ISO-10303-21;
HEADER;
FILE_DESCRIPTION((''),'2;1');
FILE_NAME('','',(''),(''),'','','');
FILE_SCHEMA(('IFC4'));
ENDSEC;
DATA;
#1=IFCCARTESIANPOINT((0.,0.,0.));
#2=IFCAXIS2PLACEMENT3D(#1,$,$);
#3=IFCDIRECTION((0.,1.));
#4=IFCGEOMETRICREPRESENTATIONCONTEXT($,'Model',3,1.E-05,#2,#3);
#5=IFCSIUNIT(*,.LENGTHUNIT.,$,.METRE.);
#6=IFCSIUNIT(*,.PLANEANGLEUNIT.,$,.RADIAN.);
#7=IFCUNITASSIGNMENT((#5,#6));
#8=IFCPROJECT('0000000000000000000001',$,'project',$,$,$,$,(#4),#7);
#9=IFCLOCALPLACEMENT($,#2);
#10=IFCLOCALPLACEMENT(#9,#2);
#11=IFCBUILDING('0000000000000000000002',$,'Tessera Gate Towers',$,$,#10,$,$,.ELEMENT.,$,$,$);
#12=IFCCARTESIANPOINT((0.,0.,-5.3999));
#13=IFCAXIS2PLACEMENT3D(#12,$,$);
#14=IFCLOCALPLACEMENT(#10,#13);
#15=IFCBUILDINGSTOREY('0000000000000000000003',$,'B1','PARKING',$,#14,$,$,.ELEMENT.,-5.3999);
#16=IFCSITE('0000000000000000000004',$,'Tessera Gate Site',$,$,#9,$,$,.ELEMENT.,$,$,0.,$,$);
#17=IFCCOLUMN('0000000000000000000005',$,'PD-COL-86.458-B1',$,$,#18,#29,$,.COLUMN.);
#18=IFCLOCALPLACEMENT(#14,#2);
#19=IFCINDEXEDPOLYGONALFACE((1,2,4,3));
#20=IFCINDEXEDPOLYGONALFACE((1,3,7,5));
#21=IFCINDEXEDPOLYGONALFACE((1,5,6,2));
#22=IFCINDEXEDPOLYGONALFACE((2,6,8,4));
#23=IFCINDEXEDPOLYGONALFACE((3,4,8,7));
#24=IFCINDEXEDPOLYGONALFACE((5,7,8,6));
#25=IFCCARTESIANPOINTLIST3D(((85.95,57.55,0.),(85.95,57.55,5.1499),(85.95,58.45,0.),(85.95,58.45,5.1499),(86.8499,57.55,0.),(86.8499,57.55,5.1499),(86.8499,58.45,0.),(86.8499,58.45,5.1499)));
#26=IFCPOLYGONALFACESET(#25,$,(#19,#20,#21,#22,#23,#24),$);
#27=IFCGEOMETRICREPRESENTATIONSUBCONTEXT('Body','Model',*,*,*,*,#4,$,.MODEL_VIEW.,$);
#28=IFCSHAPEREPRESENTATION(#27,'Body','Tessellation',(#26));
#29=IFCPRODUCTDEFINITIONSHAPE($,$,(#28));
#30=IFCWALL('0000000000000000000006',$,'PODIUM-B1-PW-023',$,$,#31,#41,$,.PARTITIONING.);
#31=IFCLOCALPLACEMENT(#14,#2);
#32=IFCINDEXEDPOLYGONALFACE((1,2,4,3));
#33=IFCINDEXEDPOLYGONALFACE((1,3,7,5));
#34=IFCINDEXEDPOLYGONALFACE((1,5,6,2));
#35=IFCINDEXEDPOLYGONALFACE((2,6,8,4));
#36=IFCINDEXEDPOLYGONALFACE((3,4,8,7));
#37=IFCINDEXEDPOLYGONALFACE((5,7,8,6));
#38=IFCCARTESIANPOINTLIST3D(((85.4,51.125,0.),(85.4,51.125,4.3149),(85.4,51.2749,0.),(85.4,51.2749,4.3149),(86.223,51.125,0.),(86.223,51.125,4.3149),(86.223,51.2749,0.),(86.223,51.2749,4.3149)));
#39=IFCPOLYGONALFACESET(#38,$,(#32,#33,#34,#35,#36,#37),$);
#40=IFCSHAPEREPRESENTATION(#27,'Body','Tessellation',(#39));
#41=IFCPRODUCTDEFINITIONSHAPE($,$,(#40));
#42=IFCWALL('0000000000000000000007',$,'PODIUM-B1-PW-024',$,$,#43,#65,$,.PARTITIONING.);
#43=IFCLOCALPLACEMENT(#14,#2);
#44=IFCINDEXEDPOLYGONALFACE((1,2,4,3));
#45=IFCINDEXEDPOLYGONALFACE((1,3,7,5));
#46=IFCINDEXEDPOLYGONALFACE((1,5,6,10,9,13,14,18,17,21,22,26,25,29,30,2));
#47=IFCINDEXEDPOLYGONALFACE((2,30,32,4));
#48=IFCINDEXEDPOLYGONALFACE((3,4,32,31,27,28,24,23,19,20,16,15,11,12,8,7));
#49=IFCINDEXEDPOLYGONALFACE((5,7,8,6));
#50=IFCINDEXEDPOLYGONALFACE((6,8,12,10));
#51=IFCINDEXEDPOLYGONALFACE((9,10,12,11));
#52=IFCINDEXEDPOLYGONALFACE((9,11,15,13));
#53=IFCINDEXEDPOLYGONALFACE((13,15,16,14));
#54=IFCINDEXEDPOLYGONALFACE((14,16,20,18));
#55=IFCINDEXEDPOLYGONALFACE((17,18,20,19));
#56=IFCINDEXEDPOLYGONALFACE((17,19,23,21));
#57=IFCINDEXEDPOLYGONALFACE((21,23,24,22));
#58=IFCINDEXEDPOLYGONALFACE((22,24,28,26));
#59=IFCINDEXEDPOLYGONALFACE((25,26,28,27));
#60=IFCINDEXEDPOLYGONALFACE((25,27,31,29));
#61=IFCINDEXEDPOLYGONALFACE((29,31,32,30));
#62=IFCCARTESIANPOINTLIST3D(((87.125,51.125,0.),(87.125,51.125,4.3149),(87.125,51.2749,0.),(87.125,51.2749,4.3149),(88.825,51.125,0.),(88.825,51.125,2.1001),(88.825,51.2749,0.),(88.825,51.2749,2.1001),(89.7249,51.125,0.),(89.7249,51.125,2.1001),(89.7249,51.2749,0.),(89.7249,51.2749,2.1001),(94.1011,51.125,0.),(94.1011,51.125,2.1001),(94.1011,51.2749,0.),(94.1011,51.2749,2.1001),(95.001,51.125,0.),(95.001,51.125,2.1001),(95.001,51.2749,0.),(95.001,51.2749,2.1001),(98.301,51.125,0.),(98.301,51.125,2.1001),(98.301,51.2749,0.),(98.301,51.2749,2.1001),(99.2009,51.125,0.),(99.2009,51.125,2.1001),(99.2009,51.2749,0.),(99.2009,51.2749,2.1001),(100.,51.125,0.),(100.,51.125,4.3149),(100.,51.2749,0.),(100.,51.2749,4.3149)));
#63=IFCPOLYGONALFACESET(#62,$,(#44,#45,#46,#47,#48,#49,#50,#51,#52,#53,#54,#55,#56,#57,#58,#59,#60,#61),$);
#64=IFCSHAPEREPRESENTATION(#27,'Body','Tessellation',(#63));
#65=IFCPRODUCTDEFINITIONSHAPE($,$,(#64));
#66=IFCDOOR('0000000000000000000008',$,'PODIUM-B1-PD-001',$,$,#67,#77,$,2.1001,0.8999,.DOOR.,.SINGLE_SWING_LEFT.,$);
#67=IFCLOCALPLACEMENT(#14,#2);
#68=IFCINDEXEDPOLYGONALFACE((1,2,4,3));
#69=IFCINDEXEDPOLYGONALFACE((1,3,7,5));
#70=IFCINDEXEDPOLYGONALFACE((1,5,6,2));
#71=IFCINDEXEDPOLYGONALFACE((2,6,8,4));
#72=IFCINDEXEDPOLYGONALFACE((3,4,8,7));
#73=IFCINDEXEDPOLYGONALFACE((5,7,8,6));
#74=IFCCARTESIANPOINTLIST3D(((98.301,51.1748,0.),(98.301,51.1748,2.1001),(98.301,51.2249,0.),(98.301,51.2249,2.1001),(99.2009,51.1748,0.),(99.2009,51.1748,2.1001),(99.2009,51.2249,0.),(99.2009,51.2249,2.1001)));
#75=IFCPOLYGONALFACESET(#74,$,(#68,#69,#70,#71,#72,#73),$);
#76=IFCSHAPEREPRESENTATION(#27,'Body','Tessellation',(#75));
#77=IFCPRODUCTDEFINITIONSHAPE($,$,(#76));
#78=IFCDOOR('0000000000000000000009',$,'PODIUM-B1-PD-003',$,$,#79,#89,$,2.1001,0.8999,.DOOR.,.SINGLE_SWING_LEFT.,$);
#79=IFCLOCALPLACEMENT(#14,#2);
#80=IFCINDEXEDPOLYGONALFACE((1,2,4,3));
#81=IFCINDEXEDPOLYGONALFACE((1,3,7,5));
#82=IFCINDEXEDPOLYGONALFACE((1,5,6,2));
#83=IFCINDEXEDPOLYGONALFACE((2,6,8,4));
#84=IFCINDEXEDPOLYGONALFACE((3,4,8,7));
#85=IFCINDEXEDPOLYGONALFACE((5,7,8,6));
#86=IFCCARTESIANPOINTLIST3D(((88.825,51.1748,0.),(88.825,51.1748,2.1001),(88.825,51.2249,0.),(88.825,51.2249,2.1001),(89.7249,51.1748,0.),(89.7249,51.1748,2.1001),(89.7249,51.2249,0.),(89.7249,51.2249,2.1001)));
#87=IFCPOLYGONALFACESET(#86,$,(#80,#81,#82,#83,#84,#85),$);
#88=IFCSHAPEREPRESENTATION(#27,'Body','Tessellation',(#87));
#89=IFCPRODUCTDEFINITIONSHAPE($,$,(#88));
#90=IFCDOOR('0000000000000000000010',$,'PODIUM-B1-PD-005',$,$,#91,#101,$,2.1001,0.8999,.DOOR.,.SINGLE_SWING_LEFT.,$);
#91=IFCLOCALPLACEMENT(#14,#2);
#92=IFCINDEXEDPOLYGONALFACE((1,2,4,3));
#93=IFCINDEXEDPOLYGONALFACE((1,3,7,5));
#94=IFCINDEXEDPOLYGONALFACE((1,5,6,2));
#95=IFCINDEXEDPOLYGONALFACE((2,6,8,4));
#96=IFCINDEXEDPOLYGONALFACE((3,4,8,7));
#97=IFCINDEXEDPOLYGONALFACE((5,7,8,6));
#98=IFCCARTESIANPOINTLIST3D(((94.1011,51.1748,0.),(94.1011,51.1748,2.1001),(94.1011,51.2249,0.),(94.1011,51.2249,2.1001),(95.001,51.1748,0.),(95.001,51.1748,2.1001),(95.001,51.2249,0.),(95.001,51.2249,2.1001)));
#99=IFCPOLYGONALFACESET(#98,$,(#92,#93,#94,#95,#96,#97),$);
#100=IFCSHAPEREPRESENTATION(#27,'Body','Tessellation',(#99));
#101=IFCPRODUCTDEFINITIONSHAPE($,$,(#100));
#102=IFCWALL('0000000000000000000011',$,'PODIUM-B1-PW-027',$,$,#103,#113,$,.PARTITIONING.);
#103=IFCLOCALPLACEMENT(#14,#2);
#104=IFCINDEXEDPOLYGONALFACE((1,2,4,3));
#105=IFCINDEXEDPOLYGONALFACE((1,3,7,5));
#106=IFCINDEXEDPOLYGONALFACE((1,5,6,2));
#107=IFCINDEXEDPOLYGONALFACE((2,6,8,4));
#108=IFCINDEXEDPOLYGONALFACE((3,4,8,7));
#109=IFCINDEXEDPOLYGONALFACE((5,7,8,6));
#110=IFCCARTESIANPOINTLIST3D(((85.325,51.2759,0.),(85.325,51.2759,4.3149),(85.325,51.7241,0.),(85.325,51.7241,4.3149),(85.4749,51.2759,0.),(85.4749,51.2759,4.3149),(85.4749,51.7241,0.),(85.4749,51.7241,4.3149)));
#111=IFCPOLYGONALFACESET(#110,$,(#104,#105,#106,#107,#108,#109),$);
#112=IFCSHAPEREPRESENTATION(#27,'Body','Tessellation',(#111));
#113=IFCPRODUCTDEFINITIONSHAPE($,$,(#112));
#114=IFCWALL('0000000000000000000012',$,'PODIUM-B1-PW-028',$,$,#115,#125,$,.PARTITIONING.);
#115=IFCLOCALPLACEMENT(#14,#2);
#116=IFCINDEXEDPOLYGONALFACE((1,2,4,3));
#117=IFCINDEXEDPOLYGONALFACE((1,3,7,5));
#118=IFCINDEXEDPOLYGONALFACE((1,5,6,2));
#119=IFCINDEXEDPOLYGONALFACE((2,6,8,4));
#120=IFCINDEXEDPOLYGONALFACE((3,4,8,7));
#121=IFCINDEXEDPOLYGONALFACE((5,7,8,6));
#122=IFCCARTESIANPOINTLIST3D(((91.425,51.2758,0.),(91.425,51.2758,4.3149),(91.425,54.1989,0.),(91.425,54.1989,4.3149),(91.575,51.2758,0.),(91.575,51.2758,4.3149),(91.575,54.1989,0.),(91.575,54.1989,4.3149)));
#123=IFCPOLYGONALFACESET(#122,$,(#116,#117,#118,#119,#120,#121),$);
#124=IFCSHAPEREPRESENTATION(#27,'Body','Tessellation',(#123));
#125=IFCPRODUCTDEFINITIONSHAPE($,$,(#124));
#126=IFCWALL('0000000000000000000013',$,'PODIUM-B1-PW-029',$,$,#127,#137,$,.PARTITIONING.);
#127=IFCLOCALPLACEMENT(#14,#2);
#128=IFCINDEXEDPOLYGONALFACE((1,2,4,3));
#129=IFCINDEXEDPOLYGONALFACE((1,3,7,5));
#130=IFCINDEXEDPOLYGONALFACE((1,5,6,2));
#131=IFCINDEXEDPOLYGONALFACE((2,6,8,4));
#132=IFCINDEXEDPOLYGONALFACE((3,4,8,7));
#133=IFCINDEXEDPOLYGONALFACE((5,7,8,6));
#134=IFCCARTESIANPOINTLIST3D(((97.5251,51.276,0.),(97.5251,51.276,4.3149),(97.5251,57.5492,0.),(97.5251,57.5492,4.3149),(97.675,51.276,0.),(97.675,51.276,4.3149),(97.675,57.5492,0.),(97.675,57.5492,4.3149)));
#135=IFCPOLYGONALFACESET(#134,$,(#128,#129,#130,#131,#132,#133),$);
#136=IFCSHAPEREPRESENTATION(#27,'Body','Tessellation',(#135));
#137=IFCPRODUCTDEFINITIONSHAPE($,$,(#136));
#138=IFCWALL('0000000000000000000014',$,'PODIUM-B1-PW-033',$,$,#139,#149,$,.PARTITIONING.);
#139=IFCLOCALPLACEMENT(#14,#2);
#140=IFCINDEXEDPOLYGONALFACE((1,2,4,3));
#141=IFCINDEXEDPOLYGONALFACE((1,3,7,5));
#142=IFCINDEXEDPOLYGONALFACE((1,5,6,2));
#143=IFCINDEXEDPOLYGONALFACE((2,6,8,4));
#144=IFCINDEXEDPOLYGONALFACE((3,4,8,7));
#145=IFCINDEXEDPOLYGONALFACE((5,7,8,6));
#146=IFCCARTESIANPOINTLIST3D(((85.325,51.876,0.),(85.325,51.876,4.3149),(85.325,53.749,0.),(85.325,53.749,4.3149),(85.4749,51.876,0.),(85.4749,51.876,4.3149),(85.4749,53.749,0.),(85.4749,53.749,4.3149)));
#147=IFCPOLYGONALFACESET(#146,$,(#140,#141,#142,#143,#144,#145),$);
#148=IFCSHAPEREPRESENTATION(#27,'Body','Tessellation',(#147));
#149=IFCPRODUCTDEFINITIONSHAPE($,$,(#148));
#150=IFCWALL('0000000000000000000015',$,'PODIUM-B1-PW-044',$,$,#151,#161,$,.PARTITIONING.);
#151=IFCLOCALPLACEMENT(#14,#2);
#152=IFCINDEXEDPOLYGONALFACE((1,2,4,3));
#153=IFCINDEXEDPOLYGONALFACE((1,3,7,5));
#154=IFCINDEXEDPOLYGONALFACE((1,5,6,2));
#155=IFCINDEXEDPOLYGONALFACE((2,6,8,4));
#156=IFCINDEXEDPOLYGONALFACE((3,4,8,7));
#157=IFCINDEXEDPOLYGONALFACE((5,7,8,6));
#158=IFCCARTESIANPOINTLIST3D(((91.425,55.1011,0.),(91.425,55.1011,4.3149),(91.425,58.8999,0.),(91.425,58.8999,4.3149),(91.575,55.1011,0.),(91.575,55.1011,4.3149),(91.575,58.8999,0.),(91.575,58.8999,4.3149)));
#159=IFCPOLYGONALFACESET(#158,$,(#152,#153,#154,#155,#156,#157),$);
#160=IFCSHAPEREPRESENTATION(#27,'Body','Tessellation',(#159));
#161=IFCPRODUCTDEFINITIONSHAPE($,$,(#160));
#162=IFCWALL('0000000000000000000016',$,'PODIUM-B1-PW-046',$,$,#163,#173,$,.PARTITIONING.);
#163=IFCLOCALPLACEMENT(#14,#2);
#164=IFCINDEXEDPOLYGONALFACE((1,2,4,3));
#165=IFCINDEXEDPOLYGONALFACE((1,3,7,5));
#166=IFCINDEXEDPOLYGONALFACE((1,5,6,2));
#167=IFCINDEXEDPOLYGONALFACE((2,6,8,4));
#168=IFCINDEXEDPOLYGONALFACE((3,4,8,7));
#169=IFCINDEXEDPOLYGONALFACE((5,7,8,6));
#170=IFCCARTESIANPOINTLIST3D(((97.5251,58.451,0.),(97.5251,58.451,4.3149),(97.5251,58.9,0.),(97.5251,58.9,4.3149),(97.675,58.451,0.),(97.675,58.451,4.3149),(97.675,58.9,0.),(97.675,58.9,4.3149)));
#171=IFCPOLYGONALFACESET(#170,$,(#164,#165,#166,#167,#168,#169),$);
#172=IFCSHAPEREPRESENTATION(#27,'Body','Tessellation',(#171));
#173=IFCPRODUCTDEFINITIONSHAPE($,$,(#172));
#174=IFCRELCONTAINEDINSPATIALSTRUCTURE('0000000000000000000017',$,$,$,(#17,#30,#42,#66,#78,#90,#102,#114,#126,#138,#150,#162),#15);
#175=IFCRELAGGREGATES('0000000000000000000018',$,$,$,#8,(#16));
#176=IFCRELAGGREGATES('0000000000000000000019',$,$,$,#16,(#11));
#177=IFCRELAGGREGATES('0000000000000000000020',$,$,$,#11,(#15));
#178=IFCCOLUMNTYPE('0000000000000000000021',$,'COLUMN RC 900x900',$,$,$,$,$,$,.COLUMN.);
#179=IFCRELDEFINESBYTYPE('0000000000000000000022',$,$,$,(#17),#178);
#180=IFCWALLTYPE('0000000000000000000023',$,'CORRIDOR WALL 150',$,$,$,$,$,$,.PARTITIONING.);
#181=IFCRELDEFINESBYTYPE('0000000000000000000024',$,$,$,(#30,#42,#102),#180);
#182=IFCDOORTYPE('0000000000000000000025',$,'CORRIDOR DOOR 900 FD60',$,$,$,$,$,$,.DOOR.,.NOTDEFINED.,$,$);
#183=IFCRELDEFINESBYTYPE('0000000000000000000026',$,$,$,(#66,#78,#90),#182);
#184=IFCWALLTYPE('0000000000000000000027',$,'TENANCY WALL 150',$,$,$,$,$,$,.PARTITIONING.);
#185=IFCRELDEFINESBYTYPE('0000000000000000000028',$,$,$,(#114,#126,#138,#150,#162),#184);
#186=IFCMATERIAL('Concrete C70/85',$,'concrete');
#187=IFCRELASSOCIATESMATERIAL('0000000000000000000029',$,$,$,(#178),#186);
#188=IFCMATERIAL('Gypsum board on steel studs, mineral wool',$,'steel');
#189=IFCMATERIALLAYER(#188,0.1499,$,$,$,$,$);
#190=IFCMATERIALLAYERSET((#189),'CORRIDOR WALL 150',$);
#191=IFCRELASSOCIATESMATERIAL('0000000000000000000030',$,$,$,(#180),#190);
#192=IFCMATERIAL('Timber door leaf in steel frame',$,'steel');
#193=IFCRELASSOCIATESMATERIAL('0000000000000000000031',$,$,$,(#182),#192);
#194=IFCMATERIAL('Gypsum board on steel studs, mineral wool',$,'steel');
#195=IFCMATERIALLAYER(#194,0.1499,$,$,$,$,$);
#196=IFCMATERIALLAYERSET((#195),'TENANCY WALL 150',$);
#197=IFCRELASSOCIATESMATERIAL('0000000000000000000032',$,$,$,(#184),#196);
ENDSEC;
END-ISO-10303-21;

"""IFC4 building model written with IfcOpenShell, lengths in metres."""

from ifc_helpers import new_model, si_unit, direction, frame, frame_2d, origin, origin_2d, place, context, subcontext, project, spatial, rectangle, extrude, source, transform, mapped, material, layer, layer_set, material_profile, profile_set, type_object, element, fill, save


model = new_model("IFC4")

# Units and contexts
model_context = context("Model", 3, precision=1e-05, world=origin(), true_north=direction((0.0, 1.0)))
body_context = subcontext(model_context, "Body", "Model", "MODEL_VIEW")
ifc_project = project(units=[si_unit("LENGTHUNIT", "METRE"), si_unit("PLANEANGLEUNIT", "RADIAN")], contexts=[model_context])

# Site, building, storey
site_placement = place(None, origin())
site = spatial("IfcSite", under=ifc_project, at=site_placement, Name="Tessera Gate Site", CompositionType="ELEMENT", RefElevation=0.0)
building_placement = place(site_placement, origin())
building = spatial("IfcBuilding", under=site, at=building_placement, Name="Tessera Gate Towers", CompositionType="ELEMENT")
storey_placement = place(building_placement, frame((0.0, 0.0, -5.3999)))
storey = spatial("IfcBuildingStorey", under=building, at=storey_placement, Name="B1", Description="PARKING", CompositionType="ELEMENT", Elevation=-5.3999)

# Column
ifc_material_1 = material(Name="Concrete C70/85", Category="concrete")
ifc_material_profile_1 = material_profile(ifc_material_1, rectangle(XDim=0.8999, YDim=0.8999, at=origin_2d()), Name="RC 900x900")
ifc_profile_set_1 = profile_set([ifc_material_profile_1], Name="Concrete C70/85")
column_type = type_object("IfcColumnType", Name="COLUMN RC 900x900", PredefinedType="COLUMN", material=ifc_profile_set_1)
for number, where, z_axis, x_axis, name in (
    (1, (86.3999, 58.0, 0.0), (0.0, 0.0, 1.0), (1.0, 0.0, 0.0), "PD-COL-86.458-B1"),
):
    element("IfcColumn", number, at=place(storey_placement, frame(where, z_axis=z_axis, x_axis=x_axis)), inside=storey, type_object=column_type, Name=name, PredefinedType="COLUMN", context=body_context, shape_type="SweptSolid", body=[
        extrude(rectangle(XDim=0.8999, YDim=0.8999, at=origin_2d()), origin(), (0.0, 0.0, 1.0), 5.1499),
    ])

# Wall
ifc_material_2 = material(Name="Gypsum board on steel studs, mineral wool", Category="steel")
ifc_layer_1 = layer(ifc_material_2, 0.1499)
ifc_layer_set_1 = layer_set([ifc_layer_1], Name="CORRIDOR WALL 150")
wall_type_1 = type_object("IfcWallType", Name="CORRIDOR WALL 150", PredefinedType="PARTITIONING", material=ifc_layer_set_1)
wall_1_placement = place(storey_placement, frame((85.3999, 51.2, 0.0), z_axis=(0.0, 0.0, 1.0), x_axis=(1.0, 0.0, 0.0)))
element("IfcWall", 2, at=wall_1_placement, inside=storey, type_object=wall_type_1, Name="PODIUM-B1-PW-023", PredefinedType="PARTITIONING", context=body_context, shape_type="SweptSolid", body=[
    extrude(rectangle(XDim=0.823, YDim=0.1499, at=frame_2d((0.4116, 0.0))), origin(), (0.0, 0.0, 1.0), 4.3149),
])

# Wall, openings, doors
wall_2_placement = place(storey_placement, frame((87.125, 51.2, 0.0), z_axis=(0.0, 0.0, 1.0), x_axis=(1.0, 0.0, 0.0)))
wall_2 = element("IfcWall", 3, at=wall_2_placement, inside=storey, type_object=wall_type_1, Name="PODIUM-B1-PW-024", PredefinedType="PARTITIONING", context=body_context, shape_type="SweptSolid", body=[
    extrude(rectangle(XDim=12.875, YDim=0.1499, at=frame_2d((6.4375, 0.0))), origin(), (0.0, 0.0, 1.0), 4.3149),
])
shared_shape_1 = source(origin(), body_context, "Body", "SweptSolid", [
    extrude(rectangle(XDim=0.8999, YDim=2.1001, at=frame_2d((0.45, 1.05))), frame((0.0, 0.085, 0.0), z_axis=(0.0, -1.0, 0.0), x_axis=(1.0, 0.0, 0.0)), (0.0, 0.0, 1.0), 0.1699),
])
opening_1_placement = place(wall_2_placement, frame((11.176, 0.0, 0.0)))
opening_1 = element("IfcOpeningElement", 4, at=opening_1_placement, cuts=wall_2, PredefinedType="OPENING", context=body_context, shape_type="MappedRepresentation", body=[
    mapped(shared_shape_1, transform((0.0, 0.0, 0.0), scale=1.0)),
])
opening_2_placement = place(wall_2_placement, frame((1.7, 0.0, 0.0)))
opening_2 = element("IfcOpeningElement", 5, at=opening_2_placement, cuts=wall_2, PredefinedType="OPENING", context=body_context, shape_type="MappedRepresentation", body=[
    mapped(shared_shape_1, transform((0.0, 0.0, 0.0), scale=1.0)),
])
opening_3_placement = place(wall_2_placement, frame((6.9761, 0.0, 0.0)))
opening_3 = element("IfcOpeningElement", 6, at=opening_3_placement, cuts=wall_2, PredefinedType="OPENING", context=body_context, shape_type="MappedRepresentation", body=[
    mapped(shared_shape_1, transform((0.0, 0.0, 0.0), scale=1.0)),
])
ifc_material_3 = material(Name="Timber door leaf in steel frame", Category="steel")
door_type = type_object("IfcDoorType", Name="CORRIDOR DOOR 900 FD60", OperationType="NOTDEFINED", PredefinedType="DOOR", material=ifc_material_3)
shared_shape_2 = source(origin(), body_context, "Body", "SweptSolid", [
    extrude(rectangle(XDim=0.8999, YDim=2.1001, at=frame_2d((0.45, 1.05))), frame((0.0, 0.0249, 0.0), z_axis=(0.0, -1.0, 0.0), x_axis=(1.0, 0.0, 0.0)), (0.0, 0.0, 1.0), 0.05),
])
door_1_placement = place(opening_1_placement, origin())
door_1 = element("IfcDoor", 7, at=door_1_placement, inside=storey, type_object=door_type, Name="PODIUM-B1-PD-001", OperationType="SINGLE_SWING_LEFT", OverallHeight=2.1001, OverallWidth=0.8999, PredefinedType="DOOR", context=body_context, shape_type="MappedRepresentation", body=[
    mapped(shared_shape_2, transform((0.0, 0.0, 0.0), scale=1.0)),
])
fill(opening_1, door_1)
door_2_placement = place(opening_2_placement, origin())
door_2 = element("IfcDoor", 8, at=door_2_placement, inside=storey, type_object=door_type, Name="PODIUM-B1-PD-003", OperationType="SINGLE_SWING_LEFT", OverallHeight=2.1001, OverallWidth=0.8999, PredefinedType="DOOR", context=body_context, shape_type="MappedRepresentation", body=[
    mapped(shared_shape_2, transform((0.0, 0.0, 0.0), scale=1.0)),
])
fill(opening_2, door_2)
door_3_placement = place(opening_3_placement, origin())
door_3 = element("IfcDoor", 9, at=door_3_placement, inside=storey, type_object=door_type, Name="PODIUM-B1-PD-005", OperationType="SINGLE_SWING_LEFT", OverallHeight=2.1001, OverallWidth=0.8999, PredefinedType="DOOR", context=body_context, shape_type="MappedRepresentation", body=[
    mapped(shared_shape_2, transform((0.0, 0.0, 0.0), scale=1.0)),
])
fill(opening_3, door_3)

# Walls
wall_3_placement = place(storey_placement, frame((85.3999, 51.2759, 0.0), z_axis=(0.0, 0.0, 1.0), x_axis=(0.0, 1.0, 0.0)))
element("IfcWall", 10, at=wall_3_placement, inside=storey, type_object=wall_type_1, Name="PODIUM-B1-PW-027", PredefinedType="PARTITIONING", context=body_context, shape_type="SweptSolid", body=[
    extrude(rectangle(XDim=0.4482, YDim=0.1499, at=frame_2d((0.2241, 0.0))), origin(), (0.0, 0.0, 1.0), 4.3149),
])
ifc_material_4 = material(Name="Gypsum board on steel studs, mineral wool", Category="steel")
ifc_layer_2 = layer(ifc_material_4, 0.1499)
ifc_layer_set_2 = layer_set([ifc_layer_2], Name="TENANCY WALL 150")
wall_type_2 = type_object("IfcWallType", Name="TENANCY WALL 150", PredefinedType="PARTITIONING", material=ifc_layer_set_2)
wall_4_placement = place(storey_placement, frame((91.5, 51.2759, 0.0), z_axis=(0.0, 0.0, 1.0), x_axis=(0.0, 1.0, 0.0)))
element("IfcWall", 11, at=wall_4_placement, inside=storey, type_object=wall_type_2, Name="PODIUM-B1-PW-028", PredefinedType="PARTITIONING", context=body_context, shape_type="SweptSolid", body=[
    extrude(rectangle(XDim=2.9231, YDim=0.1499, at=frame_2d((1.4614, 0.0))), origin(), (0.0, 0.0, 1.0), 4.3149),
])
wall_5_placement = place(storey_placement, frame((97.6001, 51.2759, 0.0), z_axis=(0.0, 0.0, 1.0), x_axis=(0.0, 1.0, 0.0)))
element("IfcWall", 12, at=wall_5_placement, inside=storey, type_object=wall_type_2, Name="PODIUM-B1-PW-029", PredefinedType="PARTITIONING", context=body_context, shape_type="SweptSolid", body=[
    extrude(rectangle(XDim=6.2732, YDim=0.1499, at=frame_2d((3.1367, 0.0))), origin(), (0.0, 0.0, 1.0), 4.3149),
])
wall_6_placement = place(storey_placement, frame((85.3999, 51.876, 0.0), z_axis=(0.0, 0.0, 1.0), x_axis=(0.0, 1.0, 0.0)))
element("IfcWall", 13, at=wall_6_placement, inside=storey, type_object=wall_type_2, Name="PODIUM-B1-PW-033", PredefinedType="PARTITIONING", context=body_context, shape_type="SweptSolid", body=[
    extrude(rectangle(XDim=1.873, YDim=0.1499, at=frame_2d((0.9365, 0.0))), origin(), (0.0, 0.0, 1.0), 4.3149),
])
wall_7_placement = place(storey_placement, frame((91.5, 55.1011, 0.0), z_axis=(0.0, 0.0, 1.0), x_axis=(0.0, 1.0, 0.0)))
element("IfcWall", 14, at=wall_7_placement, inside=storey, type_object=wall_type_2, Name="PODIUM-B1-PW-044", PredefinedType="PARTITIONING", context=body_context, shape_type="SweptSolid", body=[
    extrude(rectangle(XDim=3.7988, YDim=0.1499, at=frame_2d((1.8994, 0.0))), origin(), (0.0, 0.0, 1.0), 4.3149),
])
wall_8_placement = place(storey_placement, frame((97.6001, 58.4509, 0.0), z_axis=(0.0, 0.0, 1.0), x_axis=(0.0, 1.0, 0.0)))
element("IfcWall", 15, at=wall_8_placement, inside=storey, type_object=wall_type_2, Name="PODIUM-B1-PW-046", PredefinedType="PARTITIONING", context=body_context, shape_type="SweptSolid", body=[
    extrude(rectangle(XDim=0.449, YDim=0.1499, at=frame_2d((0.2246, 0.0))), origin(), (0.0, 0.0, 1.0), 4.3149),
])

save(model, "model.ifc")
